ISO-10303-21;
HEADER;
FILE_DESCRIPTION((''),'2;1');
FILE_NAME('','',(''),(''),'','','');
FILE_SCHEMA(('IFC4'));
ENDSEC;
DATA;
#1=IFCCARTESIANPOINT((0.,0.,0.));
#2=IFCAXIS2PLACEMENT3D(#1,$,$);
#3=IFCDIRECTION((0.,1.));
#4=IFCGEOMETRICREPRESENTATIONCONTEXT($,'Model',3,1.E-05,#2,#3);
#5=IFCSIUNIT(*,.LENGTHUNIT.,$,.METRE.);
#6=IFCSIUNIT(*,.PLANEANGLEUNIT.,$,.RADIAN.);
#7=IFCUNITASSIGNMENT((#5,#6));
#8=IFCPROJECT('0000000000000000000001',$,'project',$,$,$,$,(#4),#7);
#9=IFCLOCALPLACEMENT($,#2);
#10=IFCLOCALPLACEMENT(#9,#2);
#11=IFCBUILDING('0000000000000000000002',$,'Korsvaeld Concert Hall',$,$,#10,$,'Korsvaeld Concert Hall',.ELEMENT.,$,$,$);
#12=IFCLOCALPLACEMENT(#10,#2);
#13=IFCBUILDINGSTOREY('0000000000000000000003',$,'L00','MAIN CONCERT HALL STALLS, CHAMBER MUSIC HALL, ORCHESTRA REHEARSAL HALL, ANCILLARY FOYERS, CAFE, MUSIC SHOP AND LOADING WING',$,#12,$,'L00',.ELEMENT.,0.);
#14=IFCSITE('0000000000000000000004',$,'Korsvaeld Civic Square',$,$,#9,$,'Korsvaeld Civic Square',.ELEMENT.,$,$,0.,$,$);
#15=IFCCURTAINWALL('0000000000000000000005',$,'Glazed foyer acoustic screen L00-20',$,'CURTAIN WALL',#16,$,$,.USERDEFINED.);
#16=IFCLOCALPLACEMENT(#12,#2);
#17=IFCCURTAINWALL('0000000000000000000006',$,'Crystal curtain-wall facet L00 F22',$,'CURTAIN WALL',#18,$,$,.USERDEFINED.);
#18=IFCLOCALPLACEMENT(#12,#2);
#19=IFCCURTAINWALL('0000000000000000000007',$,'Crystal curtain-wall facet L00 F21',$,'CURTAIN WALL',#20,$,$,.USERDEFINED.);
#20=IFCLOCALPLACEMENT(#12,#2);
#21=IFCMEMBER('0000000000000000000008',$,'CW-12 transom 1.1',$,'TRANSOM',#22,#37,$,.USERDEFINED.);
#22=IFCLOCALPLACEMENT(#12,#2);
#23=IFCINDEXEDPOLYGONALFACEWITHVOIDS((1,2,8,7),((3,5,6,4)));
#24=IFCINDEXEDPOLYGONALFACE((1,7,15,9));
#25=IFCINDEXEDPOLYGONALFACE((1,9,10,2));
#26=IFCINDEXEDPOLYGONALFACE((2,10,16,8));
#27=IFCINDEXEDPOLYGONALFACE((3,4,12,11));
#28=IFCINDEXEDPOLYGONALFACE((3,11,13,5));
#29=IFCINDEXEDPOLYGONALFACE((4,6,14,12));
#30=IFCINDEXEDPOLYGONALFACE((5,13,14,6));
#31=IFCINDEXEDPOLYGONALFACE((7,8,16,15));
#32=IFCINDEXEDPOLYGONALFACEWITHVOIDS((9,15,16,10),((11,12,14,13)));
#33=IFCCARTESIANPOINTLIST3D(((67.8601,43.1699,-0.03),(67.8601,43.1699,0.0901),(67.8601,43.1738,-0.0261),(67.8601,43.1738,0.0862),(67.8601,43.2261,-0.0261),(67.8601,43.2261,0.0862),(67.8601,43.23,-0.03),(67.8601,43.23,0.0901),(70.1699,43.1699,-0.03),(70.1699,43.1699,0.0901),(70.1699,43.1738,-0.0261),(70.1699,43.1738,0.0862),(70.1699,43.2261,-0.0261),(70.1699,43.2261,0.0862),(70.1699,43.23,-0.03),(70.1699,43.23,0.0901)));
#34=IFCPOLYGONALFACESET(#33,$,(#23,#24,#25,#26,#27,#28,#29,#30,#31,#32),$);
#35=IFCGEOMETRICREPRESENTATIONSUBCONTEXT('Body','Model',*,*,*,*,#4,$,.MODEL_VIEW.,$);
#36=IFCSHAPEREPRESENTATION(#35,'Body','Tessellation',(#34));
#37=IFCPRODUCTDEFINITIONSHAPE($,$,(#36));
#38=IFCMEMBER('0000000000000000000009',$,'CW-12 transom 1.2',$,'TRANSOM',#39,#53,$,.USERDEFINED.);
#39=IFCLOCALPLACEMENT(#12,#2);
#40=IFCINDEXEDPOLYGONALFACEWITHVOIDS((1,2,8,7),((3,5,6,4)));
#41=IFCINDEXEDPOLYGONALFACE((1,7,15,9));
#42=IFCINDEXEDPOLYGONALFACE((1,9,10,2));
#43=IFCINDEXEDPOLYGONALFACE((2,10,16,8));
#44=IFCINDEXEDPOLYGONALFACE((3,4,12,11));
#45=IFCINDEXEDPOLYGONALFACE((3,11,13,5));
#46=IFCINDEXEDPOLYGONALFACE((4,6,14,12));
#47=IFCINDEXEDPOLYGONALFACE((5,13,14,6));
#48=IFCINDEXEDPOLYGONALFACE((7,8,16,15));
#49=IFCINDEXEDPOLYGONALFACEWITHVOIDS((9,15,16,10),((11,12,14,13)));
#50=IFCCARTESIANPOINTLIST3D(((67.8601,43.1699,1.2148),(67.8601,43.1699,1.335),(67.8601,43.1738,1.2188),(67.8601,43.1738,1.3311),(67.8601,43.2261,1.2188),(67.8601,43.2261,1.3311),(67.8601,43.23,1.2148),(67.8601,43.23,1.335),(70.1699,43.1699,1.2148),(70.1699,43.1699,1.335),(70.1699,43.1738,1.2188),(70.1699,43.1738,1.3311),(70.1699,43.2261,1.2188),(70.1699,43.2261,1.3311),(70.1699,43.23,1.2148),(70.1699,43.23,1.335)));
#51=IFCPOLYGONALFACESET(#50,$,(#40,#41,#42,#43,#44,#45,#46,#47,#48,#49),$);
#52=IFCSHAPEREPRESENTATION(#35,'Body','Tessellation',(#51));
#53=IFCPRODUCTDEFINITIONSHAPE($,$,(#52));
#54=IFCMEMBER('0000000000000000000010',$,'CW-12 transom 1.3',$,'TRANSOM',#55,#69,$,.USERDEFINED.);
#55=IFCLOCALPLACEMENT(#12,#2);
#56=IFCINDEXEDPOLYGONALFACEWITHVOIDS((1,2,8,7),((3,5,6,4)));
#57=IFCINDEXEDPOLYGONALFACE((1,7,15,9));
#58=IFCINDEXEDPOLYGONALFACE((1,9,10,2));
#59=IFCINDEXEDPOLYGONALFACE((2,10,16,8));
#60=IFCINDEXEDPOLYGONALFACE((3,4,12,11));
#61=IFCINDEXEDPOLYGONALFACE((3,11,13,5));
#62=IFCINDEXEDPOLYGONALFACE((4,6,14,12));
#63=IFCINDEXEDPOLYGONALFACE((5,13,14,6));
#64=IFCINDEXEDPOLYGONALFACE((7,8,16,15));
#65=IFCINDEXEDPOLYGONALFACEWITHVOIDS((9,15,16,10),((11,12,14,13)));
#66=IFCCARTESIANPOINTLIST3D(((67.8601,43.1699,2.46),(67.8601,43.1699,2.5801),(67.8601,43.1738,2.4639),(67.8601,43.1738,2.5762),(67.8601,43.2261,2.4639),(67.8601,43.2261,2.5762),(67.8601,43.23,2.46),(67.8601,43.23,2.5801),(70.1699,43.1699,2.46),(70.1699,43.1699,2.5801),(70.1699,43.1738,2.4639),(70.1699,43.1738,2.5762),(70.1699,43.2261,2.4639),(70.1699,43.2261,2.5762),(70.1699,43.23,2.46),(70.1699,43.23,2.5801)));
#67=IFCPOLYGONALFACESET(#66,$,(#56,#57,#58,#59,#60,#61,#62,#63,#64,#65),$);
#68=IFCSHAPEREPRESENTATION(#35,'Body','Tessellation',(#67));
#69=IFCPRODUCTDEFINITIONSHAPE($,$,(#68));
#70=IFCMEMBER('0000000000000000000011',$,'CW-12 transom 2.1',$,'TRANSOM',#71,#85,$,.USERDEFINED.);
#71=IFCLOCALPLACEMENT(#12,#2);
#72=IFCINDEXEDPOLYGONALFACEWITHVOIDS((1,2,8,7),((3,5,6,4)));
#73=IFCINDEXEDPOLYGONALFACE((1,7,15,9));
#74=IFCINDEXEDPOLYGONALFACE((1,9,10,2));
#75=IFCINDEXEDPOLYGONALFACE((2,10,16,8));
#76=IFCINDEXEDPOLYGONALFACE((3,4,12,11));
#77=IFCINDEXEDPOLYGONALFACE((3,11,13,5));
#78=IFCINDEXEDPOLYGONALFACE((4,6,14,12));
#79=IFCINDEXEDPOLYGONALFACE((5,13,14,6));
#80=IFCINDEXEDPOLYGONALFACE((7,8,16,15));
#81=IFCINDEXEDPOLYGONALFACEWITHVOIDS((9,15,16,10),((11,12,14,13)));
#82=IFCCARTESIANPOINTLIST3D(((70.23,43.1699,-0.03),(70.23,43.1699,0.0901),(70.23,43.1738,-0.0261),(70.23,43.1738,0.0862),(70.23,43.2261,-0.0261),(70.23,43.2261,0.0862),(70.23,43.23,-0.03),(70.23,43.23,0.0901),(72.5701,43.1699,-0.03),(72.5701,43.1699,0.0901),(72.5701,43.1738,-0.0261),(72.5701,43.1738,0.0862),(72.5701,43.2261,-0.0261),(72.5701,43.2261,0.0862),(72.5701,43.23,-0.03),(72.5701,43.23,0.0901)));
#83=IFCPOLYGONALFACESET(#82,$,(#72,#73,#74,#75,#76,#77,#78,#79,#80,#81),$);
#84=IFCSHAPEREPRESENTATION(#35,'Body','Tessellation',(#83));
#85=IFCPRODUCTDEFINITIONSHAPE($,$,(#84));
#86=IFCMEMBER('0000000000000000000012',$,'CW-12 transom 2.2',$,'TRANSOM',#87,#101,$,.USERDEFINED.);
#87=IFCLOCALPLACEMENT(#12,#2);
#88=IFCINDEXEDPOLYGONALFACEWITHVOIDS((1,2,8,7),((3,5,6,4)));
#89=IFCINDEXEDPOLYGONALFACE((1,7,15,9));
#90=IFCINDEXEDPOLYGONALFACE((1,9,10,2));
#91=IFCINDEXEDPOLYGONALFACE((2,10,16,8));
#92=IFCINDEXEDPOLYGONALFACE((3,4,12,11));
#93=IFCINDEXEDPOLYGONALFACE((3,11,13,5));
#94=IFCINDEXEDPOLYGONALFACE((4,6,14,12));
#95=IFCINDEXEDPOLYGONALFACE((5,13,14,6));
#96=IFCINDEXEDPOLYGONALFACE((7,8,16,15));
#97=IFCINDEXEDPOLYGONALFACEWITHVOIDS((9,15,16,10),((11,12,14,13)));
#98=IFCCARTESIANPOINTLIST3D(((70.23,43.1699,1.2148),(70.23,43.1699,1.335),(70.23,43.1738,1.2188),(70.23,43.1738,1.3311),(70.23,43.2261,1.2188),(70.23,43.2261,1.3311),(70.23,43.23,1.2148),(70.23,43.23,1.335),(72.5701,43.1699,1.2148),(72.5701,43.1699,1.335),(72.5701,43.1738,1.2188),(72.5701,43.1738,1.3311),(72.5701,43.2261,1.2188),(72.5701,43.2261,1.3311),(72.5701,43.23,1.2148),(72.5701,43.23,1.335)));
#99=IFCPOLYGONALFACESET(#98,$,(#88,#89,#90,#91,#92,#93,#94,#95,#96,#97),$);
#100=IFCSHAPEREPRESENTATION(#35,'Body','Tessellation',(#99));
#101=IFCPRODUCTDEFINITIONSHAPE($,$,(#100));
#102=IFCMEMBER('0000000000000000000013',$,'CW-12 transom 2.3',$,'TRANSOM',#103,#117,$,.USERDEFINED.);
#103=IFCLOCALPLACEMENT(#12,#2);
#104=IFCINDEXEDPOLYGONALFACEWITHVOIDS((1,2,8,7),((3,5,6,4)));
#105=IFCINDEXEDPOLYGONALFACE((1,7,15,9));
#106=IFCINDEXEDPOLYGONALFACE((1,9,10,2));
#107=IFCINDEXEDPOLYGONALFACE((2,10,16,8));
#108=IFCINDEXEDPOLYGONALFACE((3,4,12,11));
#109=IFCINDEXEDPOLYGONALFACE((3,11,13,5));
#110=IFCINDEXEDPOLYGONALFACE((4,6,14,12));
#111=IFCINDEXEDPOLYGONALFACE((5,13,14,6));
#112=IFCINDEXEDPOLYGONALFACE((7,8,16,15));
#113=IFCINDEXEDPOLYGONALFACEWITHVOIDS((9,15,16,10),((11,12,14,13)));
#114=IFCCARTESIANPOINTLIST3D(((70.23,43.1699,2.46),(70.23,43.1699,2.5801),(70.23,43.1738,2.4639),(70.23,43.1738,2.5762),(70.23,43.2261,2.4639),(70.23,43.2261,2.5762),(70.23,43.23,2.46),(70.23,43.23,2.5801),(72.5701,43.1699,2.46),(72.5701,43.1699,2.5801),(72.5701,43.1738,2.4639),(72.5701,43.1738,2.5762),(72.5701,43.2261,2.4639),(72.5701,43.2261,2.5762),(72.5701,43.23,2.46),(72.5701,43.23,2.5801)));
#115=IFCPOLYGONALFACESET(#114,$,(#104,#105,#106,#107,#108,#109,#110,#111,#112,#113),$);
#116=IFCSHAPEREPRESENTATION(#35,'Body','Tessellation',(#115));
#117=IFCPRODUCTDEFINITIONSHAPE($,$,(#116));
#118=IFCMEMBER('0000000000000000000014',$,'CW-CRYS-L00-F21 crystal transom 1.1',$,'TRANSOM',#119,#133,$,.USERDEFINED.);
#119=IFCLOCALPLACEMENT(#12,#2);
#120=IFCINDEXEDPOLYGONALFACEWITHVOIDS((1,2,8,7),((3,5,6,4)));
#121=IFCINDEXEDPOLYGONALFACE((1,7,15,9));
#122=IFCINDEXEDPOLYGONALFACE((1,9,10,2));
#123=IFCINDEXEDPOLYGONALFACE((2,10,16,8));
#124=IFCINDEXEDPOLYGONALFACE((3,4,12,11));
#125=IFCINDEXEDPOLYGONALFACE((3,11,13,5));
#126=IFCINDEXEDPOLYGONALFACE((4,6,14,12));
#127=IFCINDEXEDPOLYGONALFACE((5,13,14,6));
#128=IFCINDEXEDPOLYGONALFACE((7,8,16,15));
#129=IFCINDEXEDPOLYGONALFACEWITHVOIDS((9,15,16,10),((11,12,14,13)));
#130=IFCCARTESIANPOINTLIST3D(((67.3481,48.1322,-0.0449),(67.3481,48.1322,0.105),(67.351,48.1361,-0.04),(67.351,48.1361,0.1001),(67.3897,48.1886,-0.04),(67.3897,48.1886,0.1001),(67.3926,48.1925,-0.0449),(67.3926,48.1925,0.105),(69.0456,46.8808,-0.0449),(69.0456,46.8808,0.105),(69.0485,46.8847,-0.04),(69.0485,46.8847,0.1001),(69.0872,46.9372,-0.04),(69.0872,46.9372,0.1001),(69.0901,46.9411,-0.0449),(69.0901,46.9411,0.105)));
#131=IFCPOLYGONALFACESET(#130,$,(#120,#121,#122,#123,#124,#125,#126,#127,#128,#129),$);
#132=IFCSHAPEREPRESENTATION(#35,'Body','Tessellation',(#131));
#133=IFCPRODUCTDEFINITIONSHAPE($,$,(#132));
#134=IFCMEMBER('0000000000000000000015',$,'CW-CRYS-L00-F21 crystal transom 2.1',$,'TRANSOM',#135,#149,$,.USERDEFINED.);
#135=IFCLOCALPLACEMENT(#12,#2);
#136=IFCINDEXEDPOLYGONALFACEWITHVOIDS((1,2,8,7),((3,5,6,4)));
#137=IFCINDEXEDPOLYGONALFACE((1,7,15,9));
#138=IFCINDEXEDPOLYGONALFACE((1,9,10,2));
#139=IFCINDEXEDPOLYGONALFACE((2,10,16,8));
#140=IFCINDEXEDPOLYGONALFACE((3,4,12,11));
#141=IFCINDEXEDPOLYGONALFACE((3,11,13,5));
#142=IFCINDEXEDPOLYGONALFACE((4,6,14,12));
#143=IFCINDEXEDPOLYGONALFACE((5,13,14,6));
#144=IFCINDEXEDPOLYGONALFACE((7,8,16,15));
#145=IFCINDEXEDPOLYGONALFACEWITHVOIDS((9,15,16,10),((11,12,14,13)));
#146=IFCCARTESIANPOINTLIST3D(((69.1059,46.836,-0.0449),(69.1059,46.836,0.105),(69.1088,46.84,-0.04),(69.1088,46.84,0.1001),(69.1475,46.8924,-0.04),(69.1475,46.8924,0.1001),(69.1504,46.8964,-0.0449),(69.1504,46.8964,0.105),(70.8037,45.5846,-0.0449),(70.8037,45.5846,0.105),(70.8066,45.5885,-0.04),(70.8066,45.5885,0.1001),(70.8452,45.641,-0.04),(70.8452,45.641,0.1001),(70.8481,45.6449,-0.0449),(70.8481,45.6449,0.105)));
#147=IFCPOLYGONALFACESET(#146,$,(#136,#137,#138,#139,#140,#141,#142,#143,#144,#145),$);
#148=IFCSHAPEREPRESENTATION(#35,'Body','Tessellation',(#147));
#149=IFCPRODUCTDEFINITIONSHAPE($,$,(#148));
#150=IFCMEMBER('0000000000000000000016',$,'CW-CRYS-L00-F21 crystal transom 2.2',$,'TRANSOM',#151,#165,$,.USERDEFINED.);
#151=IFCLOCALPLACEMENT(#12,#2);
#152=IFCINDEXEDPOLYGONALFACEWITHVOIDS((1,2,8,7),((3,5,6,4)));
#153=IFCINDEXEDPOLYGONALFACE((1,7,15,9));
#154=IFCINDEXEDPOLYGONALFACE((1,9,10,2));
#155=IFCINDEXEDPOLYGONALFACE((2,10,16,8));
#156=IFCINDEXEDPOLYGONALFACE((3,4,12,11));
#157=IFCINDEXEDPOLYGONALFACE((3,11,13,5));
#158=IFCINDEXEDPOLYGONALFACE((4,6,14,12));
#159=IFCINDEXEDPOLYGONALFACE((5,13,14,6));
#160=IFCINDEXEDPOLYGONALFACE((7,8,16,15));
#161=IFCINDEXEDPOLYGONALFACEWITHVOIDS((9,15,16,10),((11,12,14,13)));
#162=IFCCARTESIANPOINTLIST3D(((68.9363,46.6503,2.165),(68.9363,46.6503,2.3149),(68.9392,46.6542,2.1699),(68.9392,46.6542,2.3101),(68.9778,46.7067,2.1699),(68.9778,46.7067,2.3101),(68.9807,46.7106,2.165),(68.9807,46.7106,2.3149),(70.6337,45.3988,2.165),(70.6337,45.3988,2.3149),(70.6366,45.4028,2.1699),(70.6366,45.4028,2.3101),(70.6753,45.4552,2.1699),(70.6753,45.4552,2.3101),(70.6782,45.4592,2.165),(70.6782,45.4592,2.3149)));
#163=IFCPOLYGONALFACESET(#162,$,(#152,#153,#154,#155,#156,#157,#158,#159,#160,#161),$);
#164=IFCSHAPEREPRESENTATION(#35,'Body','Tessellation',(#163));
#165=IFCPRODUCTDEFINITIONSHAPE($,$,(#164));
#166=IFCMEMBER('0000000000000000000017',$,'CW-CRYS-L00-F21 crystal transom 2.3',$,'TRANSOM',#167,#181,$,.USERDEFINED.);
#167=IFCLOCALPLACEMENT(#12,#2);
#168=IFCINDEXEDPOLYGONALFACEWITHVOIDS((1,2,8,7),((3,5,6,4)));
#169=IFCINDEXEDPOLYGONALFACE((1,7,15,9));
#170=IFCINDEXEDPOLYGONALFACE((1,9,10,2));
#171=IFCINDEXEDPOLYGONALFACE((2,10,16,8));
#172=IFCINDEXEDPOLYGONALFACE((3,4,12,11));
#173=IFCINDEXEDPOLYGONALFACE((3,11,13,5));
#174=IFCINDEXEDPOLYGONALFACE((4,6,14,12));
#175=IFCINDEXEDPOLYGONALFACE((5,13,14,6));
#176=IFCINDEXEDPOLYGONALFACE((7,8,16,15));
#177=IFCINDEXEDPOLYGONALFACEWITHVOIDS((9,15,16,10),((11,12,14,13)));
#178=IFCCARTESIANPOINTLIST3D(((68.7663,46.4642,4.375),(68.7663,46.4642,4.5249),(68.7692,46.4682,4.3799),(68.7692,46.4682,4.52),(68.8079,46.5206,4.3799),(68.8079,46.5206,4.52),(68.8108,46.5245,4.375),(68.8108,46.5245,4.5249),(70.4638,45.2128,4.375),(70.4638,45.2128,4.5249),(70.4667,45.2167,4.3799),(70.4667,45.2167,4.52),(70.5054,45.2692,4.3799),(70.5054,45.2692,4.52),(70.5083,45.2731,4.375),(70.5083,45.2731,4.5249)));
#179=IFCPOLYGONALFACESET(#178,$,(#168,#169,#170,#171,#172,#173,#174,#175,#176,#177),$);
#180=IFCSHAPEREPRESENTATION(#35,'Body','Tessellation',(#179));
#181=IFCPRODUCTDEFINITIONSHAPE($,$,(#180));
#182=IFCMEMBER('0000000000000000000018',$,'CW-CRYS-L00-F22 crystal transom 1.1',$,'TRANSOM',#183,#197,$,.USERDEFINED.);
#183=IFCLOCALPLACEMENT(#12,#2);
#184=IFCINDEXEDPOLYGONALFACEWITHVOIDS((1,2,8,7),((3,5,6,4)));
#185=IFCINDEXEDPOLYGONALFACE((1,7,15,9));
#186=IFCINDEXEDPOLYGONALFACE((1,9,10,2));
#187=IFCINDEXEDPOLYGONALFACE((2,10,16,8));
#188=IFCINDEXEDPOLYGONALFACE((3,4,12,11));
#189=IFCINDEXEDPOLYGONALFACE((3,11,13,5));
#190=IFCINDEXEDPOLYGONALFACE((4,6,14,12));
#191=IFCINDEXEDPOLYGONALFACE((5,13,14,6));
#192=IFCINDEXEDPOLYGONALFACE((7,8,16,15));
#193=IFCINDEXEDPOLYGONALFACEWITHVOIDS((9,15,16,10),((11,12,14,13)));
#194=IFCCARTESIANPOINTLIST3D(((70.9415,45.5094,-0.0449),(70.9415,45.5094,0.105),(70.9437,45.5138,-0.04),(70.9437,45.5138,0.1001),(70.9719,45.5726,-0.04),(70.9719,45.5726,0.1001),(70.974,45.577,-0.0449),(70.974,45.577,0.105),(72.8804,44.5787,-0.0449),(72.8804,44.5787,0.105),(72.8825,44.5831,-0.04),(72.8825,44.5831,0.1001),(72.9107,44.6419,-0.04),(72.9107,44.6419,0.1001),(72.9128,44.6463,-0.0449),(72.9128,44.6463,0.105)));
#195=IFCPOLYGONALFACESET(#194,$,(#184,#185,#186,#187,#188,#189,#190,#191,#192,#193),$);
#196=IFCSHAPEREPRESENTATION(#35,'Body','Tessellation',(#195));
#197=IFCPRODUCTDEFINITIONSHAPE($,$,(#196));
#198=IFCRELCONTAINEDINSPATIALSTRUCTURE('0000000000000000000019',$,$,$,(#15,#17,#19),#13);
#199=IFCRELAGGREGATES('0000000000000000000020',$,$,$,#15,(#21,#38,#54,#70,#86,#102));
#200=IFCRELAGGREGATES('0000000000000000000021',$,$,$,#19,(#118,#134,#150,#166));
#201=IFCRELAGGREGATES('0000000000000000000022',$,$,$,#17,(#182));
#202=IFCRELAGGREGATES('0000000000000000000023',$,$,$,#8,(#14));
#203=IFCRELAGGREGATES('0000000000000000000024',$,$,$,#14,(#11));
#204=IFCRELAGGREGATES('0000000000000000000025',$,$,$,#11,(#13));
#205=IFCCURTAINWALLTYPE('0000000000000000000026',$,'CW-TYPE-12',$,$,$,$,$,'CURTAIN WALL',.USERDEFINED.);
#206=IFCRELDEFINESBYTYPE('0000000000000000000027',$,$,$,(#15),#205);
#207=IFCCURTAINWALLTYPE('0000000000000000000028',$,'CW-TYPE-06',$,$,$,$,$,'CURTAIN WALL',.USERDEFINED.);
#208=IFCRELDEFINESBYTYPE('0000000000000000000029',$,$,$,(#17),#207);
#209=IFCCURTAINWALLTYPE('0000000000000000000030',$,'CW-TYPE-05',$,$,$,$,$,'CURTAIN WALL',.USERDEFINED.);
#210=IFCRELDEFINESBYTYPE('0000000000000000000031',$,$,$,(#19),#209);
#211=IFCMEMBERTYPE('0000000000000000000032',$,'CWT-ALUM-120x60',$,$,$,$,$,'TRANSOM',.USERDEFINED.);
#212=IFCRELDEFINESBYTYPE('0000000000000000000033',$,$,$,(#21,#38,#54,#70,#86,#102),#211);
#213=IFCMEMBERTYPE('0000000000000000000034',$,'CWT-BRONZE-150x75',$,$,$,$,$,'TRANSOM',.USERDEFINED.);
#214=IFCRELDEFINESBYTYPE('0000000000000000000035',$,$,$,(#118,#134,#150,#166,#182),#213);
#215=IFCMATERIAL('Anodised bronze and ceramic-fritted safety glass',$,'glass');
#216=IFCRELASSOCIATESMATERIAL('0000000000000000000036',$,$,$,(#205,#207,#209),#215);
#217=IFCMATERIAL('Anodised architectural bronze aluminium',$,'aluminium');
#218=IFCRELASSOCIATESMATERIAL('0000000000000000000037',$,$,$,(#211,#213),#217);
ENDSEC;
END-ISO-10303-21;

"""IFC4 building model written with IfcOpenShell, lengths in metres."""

from ifc_helpers import new_model, si_unit, direction, frame, origin, origin_2d, place, context, subcontext, project, spatial, hollow_rectangle, extrude, material, material_profile, profile_set, type_object, element, aggregate, save


model = new_model("IFC4")

# Units and contexts
model_context = context("Model", 3, precision=1e-05, world=origin(), true_north=direction((0.0, 1.0)))
body_context = subcontext(model_context, "Body", "Model", "MODEL_VIEW")
ifc_project = project(units=[si_unit("LENGTHUNIT", "METRE"), si_unit("PLANEANGLEUNIT", "RADIAN")], contexts=[model_context])

# Site, building, storey
site_placement = place(None, origin())
site = spatial("IfcSite", under=ifc_project, at=site_placement, Name="Korsvaeld Civic Square", LongName="Korsvaeld Civic Square", CompositionType="ELEMENT", RefElevation=0.0)
building_placement = place(site_placement, origin())
building = spatial("IfcBuilding", under=site, at=building_placement, Name="Korsvaeld Concert Hall", LongName="Korsvaeld Concert Hall", CompositionType="ELEMENT")
storey_placement = place(building_placement, origin())
storey = spatial("IfcBuildingStorey", under=building, at=storey_placement, Name="L00", Description="MAIN CONCERT HALL STALLS, CHAMBER MUSIC HALL, ORCHESTRA REHEARSAL HALL, ANCILLARY FOYERS, CAFE, MUSIC SHOP AND LOADING WING", LongName="L00", CompositionType="ELEMENT", Elevation=0.0)

# Curtain wall
ifc_material_1 = material(Name="Anodised bronze and ceramic-fritted safety glass", Category="glass")
curtain_wall_type_1 = type_object("IfcCurtainWallType", Name="CW-TYPE-12", ElementType="CURTAIN WALL", PredefinedType="USERDEFINED", material=ifc_material_1)
curtain_wall_1_placement = place(storey_placement, origin())
curtain_wall_1 = element("IfcCurtainWall", 1, at=curtain_wall_1_placement, inside=storey, type_object=curtain_wall_type_1, Name="Glazed foyer acoustic screen L00-20", ObjectType="CURTAIN WALL", PredefinedType="USERDEFINED")
ifc_material_2 = material(Name="Anodised architectural bronze aluminium", Category="aluminium")

# Curtain wall
curtain_wall_type_2 = type_object("IfcCurtainWallType", Name="CW-TYPE-06", ElementType="CURTAIN WALL", PredefinedType="USERDEFINED", material=ifc_material_1)
curtain_wall_2_placement = place(storey_placement, origin())
curtain_wall_2 = element("IfcCurtainWall", 2, at=curtain_wall_2_placement, inside=storey, type_object=curtain_wall_type_2, Name="Crystal curtain-wall facet L00 F22", ObjectType="CURTAIN WALL", PredefinedType="USERDEFINED")

# Curtain wall
curtain_wall_type_3 = type_object("IfcCurtainWallType", Name="CW-TYPE-05", ElementType="CURTAIN WALL", PredefinedType="USERDEFINED", material=ifc_material_1)
curtain_wall_3_placement = place(storey_placement, origin())
curtain_wall_3 = element("IfcCurtainWall", 3, at=curtain_wall_3_placement, inside=storey, type_object=curtain_wall_type_3, Name="Crystal curtain-wall facet L00 F21", ObjectType="CURTAIN WALL", PredefinedType="USERDEFINED")

# Members
ifc_material_profile_1 = material_profile(ifc_material_2, hollow_rectangle(XDim=0.0601, YDim=0.1201, WallThickness=0.0039, at=origin_2d()), Name="CWT 120x60x4")
ifc_profile_set_1 = profile_set([ifc_material_profile_1], Name="Anodised architectural bronze aluminium")
member_type_1 = type_object("IfcMemberType", Name="CWT-ALUM-120x60", ElementType="TRANSOM", PredefinedType="USERDEFINED", material=ifc_profile_set_1)
member_1_placement = place(storey_placement, frame((67.8601, 43.2, 0.03), z_axis=(1.0, 0.0, 0.0), x_axis=(0.0, 1.0, 0.0)))
member_1 = element("IfcMember", 4, at=member_1_placement, type_object=member_type_1, Name="CW-12 transom 1.1", ObjectType="TRANSOM", PredefinedType="USERDEFINED", context=body_context, shape_type="SweptSolid", body=[
    extrude(hollow_rectangle(XDim=0.0601, YDim=0.1201, WallThickness=0.0039, at=origin_2d()), origin(), (0.0, 0.0, 1.0), 2.3098),
])
member_2_placement = place(storey_placement, frame((67.8601, 43.2, 1.2749), z_axis=(1.0, 0.0, 0.0), x_axis=(0.0, 1.0, 0.0)))
member_2 = element("IfcMember", 5, at=member_2_placement, type_object=member_type_1, Name="CW-12 transom 1.2", ObjectType="TRANSOM", PredefinedType="USERDEFINED", context=body_context, shape_type="SweptSolid", body=[
    extrude(hollow_rectangle(XDim=0.0601, YDim=0.1201, WallThickness=0.0039, at=origin_2d()), origin(), (0.0, 0.0, 1.0), 2.3098),
])
member_3_placement = place(storey_placement, frame((67.8601, 43.2, 2.52), z_axis=(1.0, 0.0, 0.0), x_axis=(0.0, 1.0, 0.0)))
member_3 = element("IfcMember", 6, at=member_3_placement, type_object=member_type_1, Name="CW-12 transom 1.3", ObjectType="TRANSOM", PredefinedType="USERDEFINED", context=body_context, shape_type="SweptSolid", body=[
    extrude(hollow_rectangle(XDim=0.0601, YDim=0.1201, WallThickness=0.0039, at=origin_2d()), origin(), (0.0, 0.0, 1.0), 2.3098),
])
member_4_placement = place(storey_placement, frame((70.23, 43.2, 0.03), z_axis=(1.0, 0.0, 0.0), x_axis=(0.0, 1.0, 0.0)))
member_4 = element("IfcMember", 7, at=member_4_placement, type_object=member_type_1, Name="CW-12 transom 2.1", ObjectType="TRANSOM", PredefinedType="USERDEFINED", context=body_context, shape_type="SweptSolid", body=[
    extrude(hollow_rectangle(XDim=0.0601, YDim=0.1201, WallThickness=0.0039, at=origin_2d()), origin(), (0.0, 0.0, 1.0), 2.3401),
])
member_5_placement = place(storey_placement, frame((70.23, 43.2, 1.2749), z_axis=(1.0, 0.0, 0.0), x_axis=(0.0, 1.0, 0.0)))
member_5 = element("IfcMember", 8, at=member_5_placement, type_object=member_type_1, Name="CW-12 transom 2.2", ObjectType="TRANSOM", PredefinedType="USERDEFINED", context=body_context, shape_type="SweptSolid", body=[
    extrude(hollow_rectangle(XDim=0.0601, YDim=0.1201, WallThickness=0.0039, at=origin_2d()), origin(), (0.0, 0.0, 1.0), 2.3401),
])
member_6_placement = place(storey_placement, frame((70.23, 43.2, 2.52), z_axis=(1.0, 0.0, 0.0), x_axis=(0.0, 1.0, 0.0)))
member_6 = element("IfcMember", 9, at=member_6_placement, type_object=member_type_1, Name="CW-12 transom 2.3", ObjectType="TRANSOM", PredefinedType="USERDEFINED", context=body_context, shape_type="SweptSolid", body=[
    extrude(hollow_rectangle(XDim=0.0601, YDim=0.1201, WallThickness=0.0039, at=origin_2d()), origin(), (0.0, 0.0, 1.0), 2.3401),
])
ifc_material_profile_2 = material_profile(ifc_material_2, hollow_rectangle(XDim=0.075, YDim=0.1499, WallThickness=0.0049, at=origin_2d()), Name="CWT 150x75x5")
ifc_profile_set_2 = profile_set([ifc_material_profile_2], Name="Anodised architectural bronze aluminium")
member_type_2 = type_object("IfcMemberType", Name="CWT-BRONZE-150x75", ElementType="TRANSOM", PredefinedType="USERDEFINED", material=ifc_profile_set_2)
member_7_placement = place(storey_placement, frame((67.3704, 48.1624, 0.03), z_axis=(0.804905, -0.593404, 0.0), x_axis=(0.593404, 0.804905, 0.0)))
member_7 = element("IfcMember", 10, at=member_7_placement, type_object=member_type_2, Name="CW-CRYS-L00-F21 crystal transom 1.1", ObjectType="TRANSOM", PredefinedType="USERDEFINED", context=body_context, shape_type="SweptSolid", body=[
    extrude(hollow_rectangle(XDim=0.075, YDim=0.1499, WallThickness=0.0049, at=origin_2d()), origin(), (0.0, 0.0, 1.0), 2.1089),
])
member_8_placement = place(storey_placement, frame((69.1282, 46.8662, 0.03), z_axis=(0.804945, -0.593349, 0.0), x_axis=(0.593349, 0.804945, 0.0)))
member_8 = element("IfcMember", 11, at=member_8_placement, type_object=member_type_2, Name="CW-CRYS-L00-F21 crystal transom 2.1", ObjectType="TRANSOM", PredefinedType="USERDEFINED", context=body_context, shape_type="SweptSolid", body=[
    extrude(hollow_rectangle(XDim=0.075, YDim=0.1499, WallThickness=0.0049, at=origin_2d()), origin(), (0.0, 0.0, 1.0), 2.1091),
])
member_9_placement = place(storey_placement, frame((68.9585, 46.6804, 2.24), z_axis=(0.804905, -0.593404, 0.0), x_axis=(0.593404, 0.804905, 0.0)))
member_9 = element("IfcMember", 12, at=member_9_placement, type_object=member_type_2, Name="CW-CRYS-L00-F21 crystal transom 2.2", ObjectType="TRANSOM", PredefinedType="USERDEFINED", context=body_context, shape_type="SweptSolid", body=[
    extrude(hollow_rectangle(XDim=0.075, YDim=0.1499, WallThickness=0.0049, at=origin_2d()), origin(), (0.0, 0.0, 1.0), 2.1089),
])
member_10_placement = place(storey_placement, frame((68.7886, 46.4944, 4.45), z_axis=(0.804905, -0.593404, 0.0), x_axis=(0.593404, 0.804905, 0.0)))
member_10 = element("IfcMember", 13, at=member_10_placement, type_object=member_type_2, Name="CW-CRYS-L00-F21 crystal transom 2.3", ObjectType="TRANSOM", PredefinedType="USERDEFINED", context=body_context, shape_type="SweptSolid", body=[
    extrude(hollow_rectangle(XDim=0.075, YDim=0.1499, WallThickness=0.0049, at=origin_2d()), origin(), (0.0, 0.0, 1.0), 2.1089),
])
member_11_placement = place(storey_placement, frame((70.9578, 45.5432, 0.03), z_axis=(0.901509, -0.432761, 0.0), x_axis=(0.432761, 0.901509, 0.0)))
member_11 = element("IfcMember", 14, at=member_11_placement, type_object=member_type_2, Name="CW-CRYS-L00-F22 crystal transom 1.1", ObjectType="TRANSOM", PredefinedType="USERDEFINED", context=body_context, shape_type="SweptSolid", body=[
    extrude(hollow_rectangle(XDim=0.075, YDim=0.1499, WallThickness=0.0049, at=origin_2d()), origin(), (0.0, 0.0, 1.0), 2.1506),
])

aggregate(curtain_wall_1, [member_1, member_2, member_3, member_4, member_5, member_6])
aggregate(curtain_wall_3, [member_7, member_8, member_9, member_10])
aggregate(curtain_wall_2, [member_11])

save(model, "model.ifc")
